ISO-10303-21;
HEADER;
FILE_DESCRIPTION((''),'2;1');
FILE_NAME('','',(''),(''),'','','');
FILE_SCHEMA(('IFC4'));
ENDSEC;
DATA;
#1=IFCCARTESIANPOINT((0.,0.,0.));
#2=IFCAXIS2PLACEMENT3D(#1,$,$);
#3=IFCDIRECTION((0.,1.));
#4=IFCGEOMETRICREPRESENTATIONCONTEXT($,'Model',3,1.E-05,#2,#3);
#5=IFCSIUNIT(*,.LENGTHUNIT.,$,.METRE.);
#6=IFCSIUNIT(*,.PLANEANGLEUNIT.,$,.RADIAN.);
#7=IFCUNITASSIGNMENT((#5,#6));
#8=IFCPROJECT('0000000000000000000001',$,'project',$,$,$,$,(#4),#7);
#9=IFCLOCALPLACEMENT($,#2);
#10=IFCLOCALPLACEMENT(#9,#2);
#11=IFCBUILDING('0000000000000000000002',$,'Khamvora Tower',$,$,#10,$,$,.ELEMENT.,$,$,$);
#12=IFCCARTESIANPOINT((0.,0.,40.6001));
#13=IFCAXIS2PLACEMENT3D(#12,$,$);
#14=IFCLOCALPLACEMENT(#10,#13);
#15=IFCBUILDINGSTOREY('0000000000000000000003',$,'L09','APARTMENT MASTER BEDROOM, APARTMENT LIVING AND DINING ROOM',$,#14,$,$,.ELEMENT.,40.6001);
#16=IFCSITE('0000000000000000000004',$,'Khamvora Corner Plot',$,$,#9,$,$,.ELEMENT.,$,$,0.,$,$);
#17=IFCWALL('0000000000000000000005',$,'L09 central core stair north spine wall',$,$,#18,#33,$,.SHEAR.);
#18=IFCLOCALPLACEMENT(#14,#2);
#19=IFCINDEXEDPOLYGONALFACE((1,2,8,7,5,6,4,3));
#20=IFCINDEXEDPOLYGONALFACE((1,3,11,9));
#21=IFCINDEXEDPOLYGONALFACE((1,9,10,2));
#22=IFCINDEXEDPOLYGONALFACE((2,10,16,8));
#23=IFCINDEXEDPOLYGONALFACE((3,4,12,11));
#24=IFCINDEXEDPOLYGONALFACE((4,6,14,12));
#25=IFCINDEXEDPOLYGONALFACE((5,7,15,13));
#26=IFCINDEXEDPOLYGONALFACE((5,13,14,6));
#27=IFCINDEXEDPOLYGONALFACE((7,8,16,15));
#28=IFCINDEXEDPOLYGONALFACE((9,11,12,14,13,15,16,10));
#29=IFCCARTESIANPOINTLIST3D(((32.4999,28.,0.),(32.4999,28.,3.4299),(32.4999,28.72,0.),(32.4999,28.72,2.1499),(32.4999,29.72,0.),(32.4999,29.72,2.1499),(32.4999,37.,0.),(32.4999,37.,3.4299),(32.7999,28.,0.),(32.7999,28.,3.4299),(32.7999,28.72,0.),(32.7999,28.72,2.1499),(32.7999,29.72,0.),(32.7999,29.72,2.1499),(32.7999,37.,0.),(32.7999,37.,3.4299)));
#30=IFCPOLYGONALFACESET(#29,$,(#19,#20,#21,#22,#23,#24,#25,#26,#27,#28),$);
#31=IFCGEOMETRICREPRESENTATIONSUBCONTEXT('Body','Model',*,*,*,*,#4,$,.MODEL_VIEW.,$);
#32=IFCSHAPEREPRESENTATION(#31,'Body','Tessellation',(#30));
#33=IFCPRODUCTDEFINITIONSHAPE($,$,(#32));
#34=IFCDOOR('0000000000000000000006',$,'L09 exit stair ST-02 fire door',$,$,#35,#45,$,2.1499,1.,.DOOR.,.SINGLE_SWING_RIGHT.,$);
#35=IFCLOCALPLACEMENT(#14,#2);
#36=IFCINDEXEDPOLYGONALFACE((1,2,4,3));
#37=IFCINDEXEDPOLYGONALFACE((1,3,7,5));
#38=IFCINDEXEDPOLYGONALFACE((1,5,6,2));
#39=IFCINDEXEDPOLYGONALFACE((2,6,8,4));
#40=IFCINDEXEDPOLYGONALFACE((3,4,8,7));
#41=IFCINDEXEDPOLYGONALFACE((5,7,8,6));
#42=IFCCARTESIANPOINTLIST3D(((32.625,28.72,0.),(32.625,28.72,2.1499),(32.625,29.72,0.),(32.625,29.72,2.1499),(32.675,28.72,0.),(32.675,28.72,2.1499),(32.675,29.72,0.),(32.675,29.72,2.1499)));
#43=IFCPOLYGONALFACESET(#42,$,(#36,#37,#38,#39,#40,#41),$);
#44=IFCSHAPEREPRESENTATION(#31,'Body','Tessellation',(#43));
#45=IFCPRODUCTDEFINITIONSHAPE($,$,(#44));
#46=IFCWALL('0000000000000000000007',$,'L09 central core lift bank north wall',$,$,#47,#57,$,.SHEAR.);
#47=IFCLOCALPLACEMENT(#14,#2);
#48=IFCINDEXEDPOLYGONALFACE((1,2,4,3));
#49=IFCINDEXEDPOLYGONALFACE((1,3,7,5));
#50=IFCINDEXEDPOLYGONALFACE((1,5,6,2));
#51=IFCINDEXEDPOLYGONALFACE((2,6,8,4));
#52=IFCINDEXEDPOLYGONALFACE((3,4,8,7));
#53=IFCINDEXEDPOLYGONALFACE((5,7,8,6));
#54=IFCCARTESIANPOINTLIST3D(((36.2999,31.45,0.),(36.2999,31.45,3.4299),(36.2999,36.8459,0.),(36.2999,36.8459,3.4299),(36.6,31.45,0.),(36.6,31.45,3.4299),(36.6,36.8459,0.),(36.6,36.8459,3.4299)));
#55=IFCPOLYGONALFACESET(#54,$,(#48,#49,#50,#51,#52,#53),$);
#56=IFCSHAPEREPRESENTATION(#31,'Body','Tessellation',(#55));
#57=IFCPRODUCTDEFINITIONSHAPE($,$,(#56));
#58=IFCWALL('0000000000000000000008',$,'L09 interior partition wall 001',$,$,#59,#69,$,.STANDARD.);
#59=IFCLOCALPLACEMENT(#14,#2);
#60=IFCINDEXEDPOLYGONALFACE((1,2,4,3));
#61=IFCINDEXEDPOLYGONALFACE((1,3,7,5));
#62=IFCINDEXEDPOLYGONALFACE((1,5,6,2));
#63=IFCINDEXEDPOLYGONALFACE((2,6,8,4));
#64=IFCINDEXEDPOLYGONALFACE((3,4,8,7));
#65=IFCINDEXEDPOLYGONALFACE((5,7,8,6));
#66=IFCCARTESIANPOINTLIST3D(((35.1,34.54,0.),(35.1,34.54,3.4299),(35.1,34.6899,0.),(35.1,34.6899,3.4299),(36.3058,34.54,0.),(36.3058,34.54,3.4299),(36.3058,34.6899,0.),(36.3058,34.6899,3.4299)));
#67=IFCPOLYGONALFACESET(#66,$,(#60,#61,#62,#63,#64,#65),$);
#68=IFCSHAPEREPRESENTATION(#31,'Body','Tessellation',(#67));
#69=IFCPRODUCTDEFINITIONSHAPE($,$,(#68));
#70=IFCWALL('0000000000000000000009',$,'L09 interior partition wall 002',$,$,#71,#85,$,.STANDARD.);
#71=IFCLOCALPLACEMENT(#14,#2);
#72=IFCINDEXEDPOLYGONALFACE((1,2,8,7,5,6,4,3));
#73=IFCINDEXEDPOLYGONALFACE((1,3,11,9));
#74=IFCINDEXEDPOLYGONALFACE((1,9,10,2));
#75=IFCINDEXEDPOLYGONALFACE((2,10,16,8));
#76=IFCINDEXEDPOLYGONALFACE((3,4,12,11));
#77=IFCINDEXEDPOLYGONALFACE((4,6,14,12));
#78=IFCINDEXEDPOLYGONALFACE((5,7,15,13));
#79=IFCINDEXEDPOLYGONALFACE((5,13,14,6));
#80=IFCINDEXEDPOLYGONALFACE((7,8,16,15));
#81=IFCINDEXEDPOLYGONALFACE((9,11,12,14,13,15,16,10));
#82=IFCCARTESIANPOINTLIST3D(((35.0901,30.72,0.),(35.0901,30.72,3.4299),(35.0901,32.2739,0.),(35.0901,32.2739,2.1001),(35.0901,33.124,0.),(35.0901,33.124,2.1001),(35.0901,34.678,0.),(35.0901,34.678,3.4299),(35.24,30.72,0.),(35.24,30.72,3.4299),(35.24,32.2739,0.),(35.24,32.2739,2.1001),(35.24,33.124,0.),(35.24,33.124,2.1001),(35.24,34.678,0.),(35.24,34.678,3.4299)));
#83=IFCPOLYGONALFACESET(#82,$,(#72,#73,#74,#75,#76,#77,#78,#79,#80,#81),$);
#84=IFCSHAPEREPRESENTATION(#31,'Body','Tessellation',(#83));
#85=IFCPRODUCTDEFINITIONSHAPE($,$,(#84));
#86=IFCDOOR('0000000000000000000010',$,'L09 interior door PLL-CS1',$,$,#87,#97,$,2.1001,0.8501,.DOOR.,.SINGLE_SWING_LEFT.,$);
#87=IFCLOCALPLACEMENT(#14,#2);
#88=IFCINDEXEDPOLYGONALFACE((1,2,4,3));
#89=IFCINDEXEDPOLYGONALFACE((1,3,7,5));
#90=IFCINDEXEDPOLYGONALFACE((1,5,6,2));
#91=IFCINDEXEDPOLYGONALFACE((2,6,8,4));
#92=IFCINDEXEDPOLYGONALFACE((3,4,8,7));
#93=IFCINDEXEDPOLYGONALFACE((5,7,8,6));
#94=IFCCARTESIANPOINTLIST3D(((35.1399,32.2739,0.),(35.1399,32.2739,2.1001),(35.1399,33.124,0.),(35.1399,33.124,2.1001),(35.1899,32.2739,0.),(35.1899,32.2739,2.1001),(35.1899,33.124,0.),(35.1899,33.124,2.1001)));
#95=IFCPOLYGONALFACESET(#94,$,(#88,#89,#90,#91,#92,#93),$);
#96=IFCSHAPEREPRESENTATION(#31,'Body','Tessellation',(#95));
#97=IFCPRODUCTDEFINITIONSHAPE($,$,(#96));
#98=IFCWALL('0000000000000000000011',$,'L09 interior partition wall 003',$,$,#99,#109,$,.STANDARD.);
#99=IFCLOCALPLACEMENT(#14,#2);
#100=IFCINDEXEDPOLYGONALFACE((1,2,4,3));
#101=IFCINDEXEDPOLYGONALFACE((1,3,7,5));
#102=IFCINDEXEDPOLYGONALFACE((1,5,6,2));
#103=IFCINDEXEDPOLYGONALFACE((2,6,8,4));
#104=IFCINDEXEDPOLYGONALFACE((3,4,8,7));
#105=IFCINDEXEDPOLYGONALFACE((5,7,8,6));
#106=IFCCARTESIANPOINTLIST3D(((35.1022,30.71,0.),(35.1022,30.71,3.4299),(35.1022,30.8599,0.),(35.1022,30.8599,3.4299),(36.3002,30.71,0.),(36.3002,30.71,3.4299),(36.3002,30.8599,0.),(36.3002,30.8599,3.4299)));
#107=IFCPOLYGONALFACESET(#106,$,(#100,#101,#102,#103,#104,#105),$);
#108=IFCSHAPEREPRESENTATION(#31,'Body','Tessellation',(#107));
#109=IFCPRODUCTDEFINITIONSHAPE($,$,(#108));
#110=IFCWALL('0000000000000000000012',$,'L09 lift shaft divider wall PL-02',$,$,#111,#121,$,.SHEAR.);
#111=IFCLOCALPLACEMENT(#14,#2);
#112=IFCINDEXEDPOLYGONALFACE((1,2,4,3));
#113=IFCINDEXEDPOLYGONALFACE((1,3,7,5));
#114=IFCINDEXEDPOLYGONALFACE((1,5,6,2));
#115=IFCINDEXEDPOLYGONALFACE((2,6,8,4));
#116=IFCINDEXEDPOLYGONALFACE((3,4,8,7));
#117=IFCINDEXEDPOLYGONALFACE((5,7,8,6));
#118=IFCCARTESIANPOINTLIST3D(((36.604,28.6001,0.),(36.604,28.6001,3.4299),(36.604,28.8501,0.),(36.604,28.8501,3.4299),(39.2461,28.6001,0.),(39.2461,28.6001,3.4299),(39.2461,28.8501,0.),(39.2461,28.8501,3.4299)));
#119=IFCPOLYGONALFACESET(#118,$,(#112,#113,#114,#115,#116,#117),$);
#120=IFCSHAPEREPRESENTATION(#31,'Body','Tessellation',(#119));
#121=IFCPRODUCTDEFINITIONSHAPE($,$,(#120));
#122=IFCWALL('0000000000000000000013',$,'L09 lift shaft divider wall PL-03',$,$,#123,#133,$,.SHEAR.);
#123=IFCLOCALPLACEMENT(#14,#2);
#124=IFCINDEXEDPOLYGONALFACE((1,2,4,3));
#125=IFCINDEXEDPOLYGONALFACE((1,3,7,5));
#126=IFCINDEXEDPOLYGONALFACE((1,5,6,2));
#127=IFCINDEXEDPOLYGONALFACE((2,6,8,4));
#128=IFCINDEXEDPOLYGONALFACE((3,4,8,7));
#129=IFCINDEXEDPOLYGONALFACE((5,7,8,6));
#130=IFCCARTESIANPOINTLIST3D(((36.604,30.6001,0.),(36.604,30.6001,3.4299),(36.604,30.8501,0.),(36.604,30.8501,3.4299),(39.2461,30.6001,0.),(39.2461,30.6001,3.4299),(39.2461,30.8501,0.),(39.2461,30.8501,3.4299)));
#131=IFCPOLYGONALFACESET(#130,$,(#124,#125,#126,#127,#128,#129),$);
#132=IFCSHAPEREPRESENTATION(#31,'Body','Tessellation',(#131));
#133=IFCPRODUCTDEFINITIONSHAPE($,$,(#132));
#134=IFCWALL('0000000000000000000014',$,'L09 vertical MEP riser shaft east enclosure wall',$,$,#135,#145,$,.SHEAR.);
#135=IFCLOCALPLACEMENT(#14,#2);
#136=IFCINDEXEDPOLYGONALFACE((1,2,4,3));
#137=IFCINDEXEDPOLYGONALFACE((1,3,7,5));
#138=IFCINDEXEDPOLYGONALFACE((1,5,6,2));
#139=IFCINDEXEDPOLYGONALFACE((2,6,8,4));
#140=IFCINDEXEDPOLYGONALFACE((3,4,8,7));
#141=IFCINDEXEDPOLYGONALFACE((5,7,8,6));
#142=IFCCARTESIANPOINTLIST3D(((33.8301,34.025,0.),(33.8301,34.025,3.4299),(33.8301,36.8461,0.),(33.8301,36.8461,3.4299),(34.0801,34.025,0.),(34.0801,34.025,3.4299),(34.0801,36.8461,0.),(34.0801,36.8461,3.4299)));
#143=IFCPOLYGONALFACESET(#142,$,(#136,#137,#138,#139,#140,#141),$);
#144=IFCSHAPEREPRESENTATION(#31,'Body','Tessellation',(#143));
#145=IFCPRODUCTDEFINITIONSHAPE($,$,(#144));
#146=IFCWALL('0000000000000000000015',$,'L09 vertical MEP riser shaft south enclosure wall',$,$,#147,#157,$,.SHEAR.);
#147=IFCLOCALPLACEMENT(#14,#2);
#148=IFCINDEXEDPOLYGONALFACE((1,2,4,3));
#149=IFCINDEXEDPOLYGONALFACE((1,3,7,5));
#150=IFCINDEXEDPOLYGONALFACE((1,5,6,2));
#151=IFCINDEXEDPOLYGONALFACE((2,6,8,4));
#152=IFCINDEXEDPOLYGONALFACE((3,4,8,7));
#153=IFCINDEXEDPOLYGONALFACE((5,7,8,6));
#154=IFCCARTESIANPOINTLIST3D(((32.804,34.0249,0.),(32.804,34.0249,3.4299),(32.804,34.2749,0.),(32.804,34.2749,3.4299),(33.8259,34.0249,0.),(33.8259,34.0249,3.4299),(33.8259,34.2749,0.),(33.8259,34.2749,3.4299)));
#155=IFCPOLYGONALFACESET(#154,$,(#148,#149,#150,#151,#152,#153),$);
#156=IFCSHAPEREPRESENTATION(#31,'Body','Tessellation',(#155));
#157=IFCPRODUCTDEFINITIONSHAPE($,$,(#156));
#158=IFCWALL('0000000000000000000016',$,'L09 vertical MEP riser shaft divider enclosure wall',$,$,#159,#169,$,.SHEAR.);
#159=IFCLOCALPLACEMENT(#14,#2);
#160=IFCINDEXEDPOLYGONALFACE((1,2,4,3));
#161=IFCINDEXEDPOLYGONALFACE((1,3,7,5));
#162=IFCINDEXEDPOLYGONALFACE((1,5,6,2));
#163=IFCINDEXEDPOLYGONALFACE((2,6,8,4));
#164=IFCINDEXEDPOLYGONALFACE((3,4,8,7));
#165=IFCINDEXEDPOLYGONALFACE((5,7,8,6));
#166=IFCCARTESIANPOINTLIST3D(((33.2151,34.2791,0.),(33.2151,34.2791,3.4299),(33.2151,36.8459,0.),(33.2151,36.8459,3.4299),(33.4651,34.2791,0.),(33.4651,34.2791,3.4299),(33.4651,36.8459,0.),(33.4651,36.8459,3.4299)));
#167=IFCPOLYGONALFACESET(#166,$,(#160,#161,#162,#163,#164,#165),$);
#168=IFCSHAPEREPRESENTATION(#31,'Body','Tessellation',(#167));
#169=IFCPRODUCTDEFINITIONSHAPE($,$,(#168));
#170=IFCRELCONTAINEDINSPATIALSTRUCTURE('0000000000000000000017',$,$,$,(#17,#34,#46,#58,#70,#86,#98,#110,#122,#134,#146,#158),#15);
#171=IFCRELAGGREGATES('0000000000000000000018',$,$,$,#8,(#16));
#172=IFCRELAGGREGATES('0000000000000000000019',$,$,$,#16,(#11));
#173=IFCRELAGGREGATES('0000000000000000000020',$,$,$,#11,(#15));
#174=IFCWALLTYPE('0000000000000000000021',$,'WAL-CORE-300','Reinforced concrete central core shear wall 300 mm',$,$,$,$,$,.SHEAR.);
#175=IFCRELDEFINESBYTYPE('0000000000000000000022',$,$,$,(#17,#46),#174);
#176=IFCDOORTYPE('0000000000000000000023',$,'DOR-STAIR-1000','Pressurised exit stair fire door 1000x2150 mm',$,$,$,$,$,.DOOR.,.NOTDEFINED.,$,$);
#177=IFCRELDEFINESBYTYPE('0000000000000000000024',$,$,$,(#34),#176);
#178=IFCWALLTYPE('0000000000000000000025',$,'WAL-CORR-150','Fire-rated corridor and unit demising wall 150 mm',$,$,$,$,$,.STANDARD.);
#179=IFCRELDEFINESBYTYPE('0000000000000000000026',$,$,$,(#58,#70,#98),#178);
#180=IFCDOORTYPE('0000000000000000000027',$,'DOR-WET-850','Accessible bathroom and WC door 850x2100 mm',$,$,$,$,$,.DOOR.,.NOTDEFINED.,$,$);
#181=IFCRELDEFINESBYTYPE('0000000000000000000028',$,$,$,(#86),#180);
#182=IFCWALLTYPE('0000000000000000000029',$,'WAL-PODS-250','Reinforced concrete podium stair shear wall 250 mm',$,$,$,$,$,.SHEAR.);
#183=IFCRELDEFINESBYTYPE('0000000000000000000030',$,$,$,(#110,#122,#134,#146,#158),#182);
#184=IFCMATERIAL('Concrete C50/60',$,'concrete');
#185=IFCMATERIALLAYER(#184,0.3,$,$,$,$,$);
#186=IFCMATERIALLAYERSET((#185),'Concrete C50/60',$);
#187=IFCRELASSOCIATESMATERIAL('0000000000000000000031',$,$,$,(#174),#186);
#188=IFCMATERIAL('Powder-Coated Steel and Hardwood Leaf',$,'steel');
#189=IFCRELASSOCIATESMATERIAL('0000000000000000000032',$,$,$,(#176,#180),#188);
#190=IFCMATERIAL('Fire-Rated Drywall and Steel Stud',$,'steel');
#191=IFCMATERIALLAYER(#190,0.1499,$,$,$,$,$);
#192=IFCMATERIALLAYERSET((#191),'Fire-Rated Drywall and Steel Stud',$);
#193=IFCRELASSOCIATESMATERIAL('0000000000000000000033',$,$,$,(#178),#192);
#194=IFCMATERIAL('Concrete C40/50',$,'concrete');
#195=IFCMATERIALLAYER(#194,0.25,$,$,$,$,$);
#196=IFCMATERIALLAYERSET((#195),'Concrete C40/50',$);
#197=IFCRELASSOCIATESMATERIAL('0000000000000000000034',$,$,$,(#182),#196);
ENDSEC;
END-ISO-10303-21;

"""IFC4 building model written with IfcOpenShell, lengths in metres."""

from ifc_helpers import new_model, si_unit, direction, frame, frame_2d, origin, place, context, subcontext, project, spatial, rectangle, extrude, material, layer, layer_set, type_object, element, fill, save


model = new_model("IFC4")

# Units and contexts
model_context = context("Model", 3, precision=1e-05, world=origin(), true_north=direction((0.0, 1.0)))
body_context = subcontext(model_context, "Body", "Model", "MODEL_VIEW")
ifc_project = project(units=[si_unit("LENGTHUNIT", "METRE"), si_unit("PLANEANGLEUNIT", "RADIAN")], contexts=[model_context])

# Site, building, storey
site_placement = place(None, origin())
site = spatial("IfcSite", under=ifc_project, at=site_placement, Name="Khamvora Corner Plot", CompositionType="ELEMENT", RefElevation=0.0)
building_placement = place(site_placement, origin())
building = spatial("IfcBuilding", under=site, at=building_placement, Name="Khamvora Tower", CompositionType="ELEMENT")
storey_placement = place(building_placement, frame((0.0, 0.0, 40.6001)))
storey = spatial("IfcBuildingStorey", under=building, at=storey_placement, Name="L09", Description="APARTMENT MASTER BEDROOM, APARTMENT LIVING AND DINING ROOM", CompositionType="ELEMENT", Elevation=40.6001)

# Wall, opening, door
ifc_material_1 = material(Name="Concrete C50/60", Category="concrete")
ifc_layer_1 = layer(ifc_material_1, 0.3)
ifc_layer_set_1 = layer_set([ifc_layer_1], Name="Concrete C50/60")
wall_type_1 = type_object("IfcWallType", Name="WAL-CORE-300", Description="Reinforced concrete central core shear wall 300 mm", PredefinedType="SHEAR", material=ifc_layer_set_1)
wall_1_placement = place(storey_placement, frame((32.6499, 28.0, 0.0), z_axis=(0.0, 0.0, 1.0), x_axis=(0.0, 1.0, 0.0)))
wall_1 = element("IfcWall", 1, at=wall_1_placement, inside=storey, type_object=wall_type_1, Name="L09 central core stair north spine wall", PredefinedType="SHEAR", context=body_context, shape_type="SweptSolid", body=[
    extrude(rectangle(XDim=9.0, YDim=0.3, at=frame_2d((4.5, 0.0))), origin(), (0.0, 0.0, 1.0), 3.4299),
])
opening_1_placement = place(wall_1_placement, frame((0.72, 0.0, 0.0)))
opening_1 = element("IfcOpeningElement", 2, at=opening_1_placement, cuts=wall_1, PredefinedType="OPENING", context=body_context, shape_type="SweptSolid", body=[
    extrude(rectangle(XDim=1.0, YDim=2.1499, at=frame_2d((0.5, 1.075))), frame((0.0, 0.1599, 0.0), z_axis=(0.0, -1.0, 0.0), x_axis=(1.0, 0.0, 0.0)), (0.0, 0.0, 1.0), 0.3201),
])
ifc_material_2 = material(Name="Powder-Coated Steel and Hardwood Leaf", Category="steel")
door_type_1 = type_object("IfcDoorType", Name="DOR-STAIR-1000", Description="Pressurised exit stair fire door 1000x2150 mm", OperationType="NOTDEFINED", PredefinedType="DOOR", material=ifc_material_2)
door_1_placement = place(opening_1_placement, origin())
door_1 = element("IfcDoor", 3, at=door_1_placement, inside=storey, type_object=door_type_1, Name="L09 exit stair ST-02 fire door", OperationType="SINGLE_SWING_RIGHT", OverallHeight=2.1499, OverallWidth=1.0, PredefinedType="DOOR", context=body_context, shape_type="SweptSolid", body=[
    extrude(rectangle(XDim=1.0, YDim=2.1499, at=frame_2d((0.5, 1.075))), frame((0.0, 0.0249, 0.0), z_axis=(0.0, -1.0, 0.0), x_axis=(1.0, 0.0, 0.0)), (0.0, 0.0, 1.0), 0.05),
])
fill(opening_1, door_1)

# Walls
wall_2_placement = place(storey_placement, frame((36.45, 31.45, 0.0), z_axis=(0.0, 0.0, 1.0), x_axis=(0.0, 1.0, 0.0)))
element("IfcWall", 4, at=wall_2_placement, inside=storey, type_object=wall_type_1, Name="L09 central core lift bank north wall", PredefinedType="SHEAR", context=body_context, shape_type="SweptSolid", body=[
    extrude(rectangle(XDim=5.396, YDim=0.3, at=frame_2d((2.698, 0.0))), origin(), (0.0, 0.0, 1.0), 3.4299),
])
ifc_material_3 = material(Name="Fire-Rated Drywall and Steel Stud", Category="steel")
ifc_layer_2 = layer(ifc_material_3, 0.1499)
ifc_layer_set_2 = layer_set([ifc_layer_2], Name="Fire-Rated Drywall and Steel Stud")
wall_type_2 = type_object("IfcWallType", Name="WAL-CORR-150", Description="Fire-rated corridor and unit demising wall 150 mm", PredefinedType="STANDARD", material=ifc_layer_set_2)
wall_3_placement = place(storey_placement, frame((36.3059, 34.615, 0.0), z_axis=(0.0, 0.0, 1.0), x_axis=(-1.0, 0.0, 0.0)))
element("IfcWall", 5, at=wall_3_placement, inside=storey, type_object=wall_type_2, Name="L09 interior partition wall 001", PredefinedType="STANDARD", context=body_context, shape_type="SweptSolid", body=[
    extrude(rectangle(XDim=1.2058, YDim=0.1499, at=frame_2d((0.603, 0.0))), origin(), (0.0, 0.0, 1.0), 3.4299),
])

# Wall, opening, door
wall_4_placement = place(storey_placement, frame((35.165, 34.678, 0.0), z_axis=(0.0, 0.0, 1.0), x_axis=(0.0, -1.0, 0.0)))
wall_4 = element("IfcWall", 6, at=wall_4_placement, inside=storey, type_object=wall_type_2, Name="L09 interior partition wall 002", PredefinedType="STANDARD", context=body_context, shape_type="SweptSolid", body=[
    extrude(rectangle(XDim=3.958, YDim=0.1499, at=frame_2d((1.979, 0.0))), origin(), (0.0, 0.0, 1.0), 3.4299),
])
opening_2_placement = place(wall_4_placement, frame((1.554, 0.0, 0.0)))
opening_2 = element("IfcOpeningElement", 7, at=opening_2_placement, cuts=wall_4, PredefinedType="OPENING", context=body_context, shape_type="SweptSolid", body=[
    extrude(rectangle(XDim=0.8501, YDim=2.1001, at=frame_2d((0.425, 1.05))), frame((0.0, 0.085, 0.0), z_axis=(0.0, -1.0, 0.0), x_axis=(1.0, 0.0, 0.0)), (0.0, 0.0, 1.0), 0.1699),
])
door_type_2 = type_object("IfcDoorType", Name="DOR-WET-850", Description="Accessible bathroom and WC door 850x2100 mm", OperationType="NOTDEFINED", PredefinedType="DOOR", material=ifc_material_2)
door_2_placement = place(opening_2_placement, origin())
door_2 = element("IfcDoor", 8, at=door_2_placement, inside=storey, type_object=door_type_2, Name="L09 interior door PLL-CS1", OperationType="SINGLE_SWING_LEFT", OverallHeight=2.1001, OverallWidth=0.8501, PredefinedType="DOOR", context=body_context, shape_type="SweptSolid", body=[
    extrude(rectangle(XDim=0.8501, YDim=2.1001, at=frame_2d((0.425, 1.05))), frame((0.0, 0.0249, 0.0), z_axis=(0.0, -1.0, 0.0), x_axis=(1.0, 0.0, 0.0)), (0.0, 0.0, 1.0), 0.05),
])
fill(opening_2, door_2)

# Walls
wall_5_placement = place(storey_placement, frame((35.1021, 30.7849, 0.0), z_axis=(0.0, 0.0, 1.0), x_axis=(1.0, 0.0, 0.0)))
element("IfcWall", 9, at=wall_5_placement, inside=storey, type_object=wall_type_2, Name="L09 interior partition wall 003", PredefinedType="STANDARD", context=body_context, shape_type="SweptSolid", body=[
    extrude(rectangle(XDim=1.198, YDim=0.1499, at=frame_2d((0.5991, 0.0))), origin(), (0.0, 0.0, 1.0), 3.4299),
])
ifc_material_4 = material(Name="Concrete C40/50", Category="concrete")
ifc_layer_3 = layer(ifc_material_4, 0.25)
ifc_layer_set_3 = layer_set([ifc_layer_3], Name="Concrete C40/50")
wall_type_3 = type_object("IfcWallType", Name="WAL-PODS-250", Description="Reinforced concrete podium stair shear wall 250 mm", PredefinedType="SHEAR", material=ifc_layer_set_3)
for number, where, z_axis, x_axis, name in (
    (10, (36.604, 28.7251, 0.0), (0.0, 0.0, 1.0), (1.0, 0.0, 0.0), "L09 lift shaft divider wall PL-02"),
    (11, (36.604, 30.7251, 0.0), (0.0, 0.0, 1.0), (1.0, 0.0, 0.0), "L09 lift shaft divider wall PL-03"),
):
    element("IfcWall", number, at=place(storey_placement, frame(where, z_axis=z_axis, x_axis=x_axis)), inside=storey, type_object=wall_type_3, Name=name, PredefinedType="SHEAR", context=body_context, shape_type="SweptSolid", body=[
        extrude(rectangle(XDim=2.6421, YDim=0.25, at=frame_2d((1.321, 0.0))), origin(), (0.0, 0.0, 1.0), 3.4299),
    ])
wall_6_placement = place(storey_placement, frame((33.9551, 34.0249, 0.0), z_axis=(0.0, 0.0, 1.0), x_axis=(0.0, 1.0, 0.0)))
element("IfcWall", 12, at=wall_6_placement, inside=storey, type_object=wall_type_3, Name="L09 vertical MEP riser shaft east enclosure wall", PredefinedType="SHEAR", context=body_context, shape_type="SweptSolid", body=[
    extrude(rectangle(XDim=2.821, YDim=0.25, at=frame_2d((1.4106, 0.0))), origin(), (0.0, 0.0, 1.0), 3.4299),
])
wall_7_placement = place(storey_placement, frame((32.804, 34.1499, 0.0), z_axis=(0.0, 0.0, 1.0), x_axis=(1.0, 0.0, 0.0)))
element("IfcWall", 13, at=wall_7_placement, inside=storey, type_object=wall_type_3, Name="L09 vertical MEP riser shaft south enclosure wall", PredefinedType="SHEAR", context=body_context, shape_type="SweptSolid", body=[
    extrude(rectangle(XDim=1.022, YDim=0.25, at=frame_2d((0.511, 0.0))), origin(), (0.0, 0.0, 1.0), 3.4299),
])
wall_8_placement = place(storey_placement, frame((33.3401, 34.2791, 0.0), z_axis=(0.0, 0.0, 1.0), x_axis=(0.0, 1.0, 0.0)))
element("IfcWall", 14, at=wall_8_placement, inside=storey, type_object=wall_type_3, Name="L09 vertical MEP riser shaft divider enclosure wall", PredefinedType="SHEAR", context=body_context, shape_type="SweptSolid", body=[
    extrude(rectangle(XDim=2.5669, YDim=0.25, at=frame_2d((1.2834, 0.0))), origin(), (0.0, 0.0, 1.0), 3.4299),
])

save(model, "model.ifc")
